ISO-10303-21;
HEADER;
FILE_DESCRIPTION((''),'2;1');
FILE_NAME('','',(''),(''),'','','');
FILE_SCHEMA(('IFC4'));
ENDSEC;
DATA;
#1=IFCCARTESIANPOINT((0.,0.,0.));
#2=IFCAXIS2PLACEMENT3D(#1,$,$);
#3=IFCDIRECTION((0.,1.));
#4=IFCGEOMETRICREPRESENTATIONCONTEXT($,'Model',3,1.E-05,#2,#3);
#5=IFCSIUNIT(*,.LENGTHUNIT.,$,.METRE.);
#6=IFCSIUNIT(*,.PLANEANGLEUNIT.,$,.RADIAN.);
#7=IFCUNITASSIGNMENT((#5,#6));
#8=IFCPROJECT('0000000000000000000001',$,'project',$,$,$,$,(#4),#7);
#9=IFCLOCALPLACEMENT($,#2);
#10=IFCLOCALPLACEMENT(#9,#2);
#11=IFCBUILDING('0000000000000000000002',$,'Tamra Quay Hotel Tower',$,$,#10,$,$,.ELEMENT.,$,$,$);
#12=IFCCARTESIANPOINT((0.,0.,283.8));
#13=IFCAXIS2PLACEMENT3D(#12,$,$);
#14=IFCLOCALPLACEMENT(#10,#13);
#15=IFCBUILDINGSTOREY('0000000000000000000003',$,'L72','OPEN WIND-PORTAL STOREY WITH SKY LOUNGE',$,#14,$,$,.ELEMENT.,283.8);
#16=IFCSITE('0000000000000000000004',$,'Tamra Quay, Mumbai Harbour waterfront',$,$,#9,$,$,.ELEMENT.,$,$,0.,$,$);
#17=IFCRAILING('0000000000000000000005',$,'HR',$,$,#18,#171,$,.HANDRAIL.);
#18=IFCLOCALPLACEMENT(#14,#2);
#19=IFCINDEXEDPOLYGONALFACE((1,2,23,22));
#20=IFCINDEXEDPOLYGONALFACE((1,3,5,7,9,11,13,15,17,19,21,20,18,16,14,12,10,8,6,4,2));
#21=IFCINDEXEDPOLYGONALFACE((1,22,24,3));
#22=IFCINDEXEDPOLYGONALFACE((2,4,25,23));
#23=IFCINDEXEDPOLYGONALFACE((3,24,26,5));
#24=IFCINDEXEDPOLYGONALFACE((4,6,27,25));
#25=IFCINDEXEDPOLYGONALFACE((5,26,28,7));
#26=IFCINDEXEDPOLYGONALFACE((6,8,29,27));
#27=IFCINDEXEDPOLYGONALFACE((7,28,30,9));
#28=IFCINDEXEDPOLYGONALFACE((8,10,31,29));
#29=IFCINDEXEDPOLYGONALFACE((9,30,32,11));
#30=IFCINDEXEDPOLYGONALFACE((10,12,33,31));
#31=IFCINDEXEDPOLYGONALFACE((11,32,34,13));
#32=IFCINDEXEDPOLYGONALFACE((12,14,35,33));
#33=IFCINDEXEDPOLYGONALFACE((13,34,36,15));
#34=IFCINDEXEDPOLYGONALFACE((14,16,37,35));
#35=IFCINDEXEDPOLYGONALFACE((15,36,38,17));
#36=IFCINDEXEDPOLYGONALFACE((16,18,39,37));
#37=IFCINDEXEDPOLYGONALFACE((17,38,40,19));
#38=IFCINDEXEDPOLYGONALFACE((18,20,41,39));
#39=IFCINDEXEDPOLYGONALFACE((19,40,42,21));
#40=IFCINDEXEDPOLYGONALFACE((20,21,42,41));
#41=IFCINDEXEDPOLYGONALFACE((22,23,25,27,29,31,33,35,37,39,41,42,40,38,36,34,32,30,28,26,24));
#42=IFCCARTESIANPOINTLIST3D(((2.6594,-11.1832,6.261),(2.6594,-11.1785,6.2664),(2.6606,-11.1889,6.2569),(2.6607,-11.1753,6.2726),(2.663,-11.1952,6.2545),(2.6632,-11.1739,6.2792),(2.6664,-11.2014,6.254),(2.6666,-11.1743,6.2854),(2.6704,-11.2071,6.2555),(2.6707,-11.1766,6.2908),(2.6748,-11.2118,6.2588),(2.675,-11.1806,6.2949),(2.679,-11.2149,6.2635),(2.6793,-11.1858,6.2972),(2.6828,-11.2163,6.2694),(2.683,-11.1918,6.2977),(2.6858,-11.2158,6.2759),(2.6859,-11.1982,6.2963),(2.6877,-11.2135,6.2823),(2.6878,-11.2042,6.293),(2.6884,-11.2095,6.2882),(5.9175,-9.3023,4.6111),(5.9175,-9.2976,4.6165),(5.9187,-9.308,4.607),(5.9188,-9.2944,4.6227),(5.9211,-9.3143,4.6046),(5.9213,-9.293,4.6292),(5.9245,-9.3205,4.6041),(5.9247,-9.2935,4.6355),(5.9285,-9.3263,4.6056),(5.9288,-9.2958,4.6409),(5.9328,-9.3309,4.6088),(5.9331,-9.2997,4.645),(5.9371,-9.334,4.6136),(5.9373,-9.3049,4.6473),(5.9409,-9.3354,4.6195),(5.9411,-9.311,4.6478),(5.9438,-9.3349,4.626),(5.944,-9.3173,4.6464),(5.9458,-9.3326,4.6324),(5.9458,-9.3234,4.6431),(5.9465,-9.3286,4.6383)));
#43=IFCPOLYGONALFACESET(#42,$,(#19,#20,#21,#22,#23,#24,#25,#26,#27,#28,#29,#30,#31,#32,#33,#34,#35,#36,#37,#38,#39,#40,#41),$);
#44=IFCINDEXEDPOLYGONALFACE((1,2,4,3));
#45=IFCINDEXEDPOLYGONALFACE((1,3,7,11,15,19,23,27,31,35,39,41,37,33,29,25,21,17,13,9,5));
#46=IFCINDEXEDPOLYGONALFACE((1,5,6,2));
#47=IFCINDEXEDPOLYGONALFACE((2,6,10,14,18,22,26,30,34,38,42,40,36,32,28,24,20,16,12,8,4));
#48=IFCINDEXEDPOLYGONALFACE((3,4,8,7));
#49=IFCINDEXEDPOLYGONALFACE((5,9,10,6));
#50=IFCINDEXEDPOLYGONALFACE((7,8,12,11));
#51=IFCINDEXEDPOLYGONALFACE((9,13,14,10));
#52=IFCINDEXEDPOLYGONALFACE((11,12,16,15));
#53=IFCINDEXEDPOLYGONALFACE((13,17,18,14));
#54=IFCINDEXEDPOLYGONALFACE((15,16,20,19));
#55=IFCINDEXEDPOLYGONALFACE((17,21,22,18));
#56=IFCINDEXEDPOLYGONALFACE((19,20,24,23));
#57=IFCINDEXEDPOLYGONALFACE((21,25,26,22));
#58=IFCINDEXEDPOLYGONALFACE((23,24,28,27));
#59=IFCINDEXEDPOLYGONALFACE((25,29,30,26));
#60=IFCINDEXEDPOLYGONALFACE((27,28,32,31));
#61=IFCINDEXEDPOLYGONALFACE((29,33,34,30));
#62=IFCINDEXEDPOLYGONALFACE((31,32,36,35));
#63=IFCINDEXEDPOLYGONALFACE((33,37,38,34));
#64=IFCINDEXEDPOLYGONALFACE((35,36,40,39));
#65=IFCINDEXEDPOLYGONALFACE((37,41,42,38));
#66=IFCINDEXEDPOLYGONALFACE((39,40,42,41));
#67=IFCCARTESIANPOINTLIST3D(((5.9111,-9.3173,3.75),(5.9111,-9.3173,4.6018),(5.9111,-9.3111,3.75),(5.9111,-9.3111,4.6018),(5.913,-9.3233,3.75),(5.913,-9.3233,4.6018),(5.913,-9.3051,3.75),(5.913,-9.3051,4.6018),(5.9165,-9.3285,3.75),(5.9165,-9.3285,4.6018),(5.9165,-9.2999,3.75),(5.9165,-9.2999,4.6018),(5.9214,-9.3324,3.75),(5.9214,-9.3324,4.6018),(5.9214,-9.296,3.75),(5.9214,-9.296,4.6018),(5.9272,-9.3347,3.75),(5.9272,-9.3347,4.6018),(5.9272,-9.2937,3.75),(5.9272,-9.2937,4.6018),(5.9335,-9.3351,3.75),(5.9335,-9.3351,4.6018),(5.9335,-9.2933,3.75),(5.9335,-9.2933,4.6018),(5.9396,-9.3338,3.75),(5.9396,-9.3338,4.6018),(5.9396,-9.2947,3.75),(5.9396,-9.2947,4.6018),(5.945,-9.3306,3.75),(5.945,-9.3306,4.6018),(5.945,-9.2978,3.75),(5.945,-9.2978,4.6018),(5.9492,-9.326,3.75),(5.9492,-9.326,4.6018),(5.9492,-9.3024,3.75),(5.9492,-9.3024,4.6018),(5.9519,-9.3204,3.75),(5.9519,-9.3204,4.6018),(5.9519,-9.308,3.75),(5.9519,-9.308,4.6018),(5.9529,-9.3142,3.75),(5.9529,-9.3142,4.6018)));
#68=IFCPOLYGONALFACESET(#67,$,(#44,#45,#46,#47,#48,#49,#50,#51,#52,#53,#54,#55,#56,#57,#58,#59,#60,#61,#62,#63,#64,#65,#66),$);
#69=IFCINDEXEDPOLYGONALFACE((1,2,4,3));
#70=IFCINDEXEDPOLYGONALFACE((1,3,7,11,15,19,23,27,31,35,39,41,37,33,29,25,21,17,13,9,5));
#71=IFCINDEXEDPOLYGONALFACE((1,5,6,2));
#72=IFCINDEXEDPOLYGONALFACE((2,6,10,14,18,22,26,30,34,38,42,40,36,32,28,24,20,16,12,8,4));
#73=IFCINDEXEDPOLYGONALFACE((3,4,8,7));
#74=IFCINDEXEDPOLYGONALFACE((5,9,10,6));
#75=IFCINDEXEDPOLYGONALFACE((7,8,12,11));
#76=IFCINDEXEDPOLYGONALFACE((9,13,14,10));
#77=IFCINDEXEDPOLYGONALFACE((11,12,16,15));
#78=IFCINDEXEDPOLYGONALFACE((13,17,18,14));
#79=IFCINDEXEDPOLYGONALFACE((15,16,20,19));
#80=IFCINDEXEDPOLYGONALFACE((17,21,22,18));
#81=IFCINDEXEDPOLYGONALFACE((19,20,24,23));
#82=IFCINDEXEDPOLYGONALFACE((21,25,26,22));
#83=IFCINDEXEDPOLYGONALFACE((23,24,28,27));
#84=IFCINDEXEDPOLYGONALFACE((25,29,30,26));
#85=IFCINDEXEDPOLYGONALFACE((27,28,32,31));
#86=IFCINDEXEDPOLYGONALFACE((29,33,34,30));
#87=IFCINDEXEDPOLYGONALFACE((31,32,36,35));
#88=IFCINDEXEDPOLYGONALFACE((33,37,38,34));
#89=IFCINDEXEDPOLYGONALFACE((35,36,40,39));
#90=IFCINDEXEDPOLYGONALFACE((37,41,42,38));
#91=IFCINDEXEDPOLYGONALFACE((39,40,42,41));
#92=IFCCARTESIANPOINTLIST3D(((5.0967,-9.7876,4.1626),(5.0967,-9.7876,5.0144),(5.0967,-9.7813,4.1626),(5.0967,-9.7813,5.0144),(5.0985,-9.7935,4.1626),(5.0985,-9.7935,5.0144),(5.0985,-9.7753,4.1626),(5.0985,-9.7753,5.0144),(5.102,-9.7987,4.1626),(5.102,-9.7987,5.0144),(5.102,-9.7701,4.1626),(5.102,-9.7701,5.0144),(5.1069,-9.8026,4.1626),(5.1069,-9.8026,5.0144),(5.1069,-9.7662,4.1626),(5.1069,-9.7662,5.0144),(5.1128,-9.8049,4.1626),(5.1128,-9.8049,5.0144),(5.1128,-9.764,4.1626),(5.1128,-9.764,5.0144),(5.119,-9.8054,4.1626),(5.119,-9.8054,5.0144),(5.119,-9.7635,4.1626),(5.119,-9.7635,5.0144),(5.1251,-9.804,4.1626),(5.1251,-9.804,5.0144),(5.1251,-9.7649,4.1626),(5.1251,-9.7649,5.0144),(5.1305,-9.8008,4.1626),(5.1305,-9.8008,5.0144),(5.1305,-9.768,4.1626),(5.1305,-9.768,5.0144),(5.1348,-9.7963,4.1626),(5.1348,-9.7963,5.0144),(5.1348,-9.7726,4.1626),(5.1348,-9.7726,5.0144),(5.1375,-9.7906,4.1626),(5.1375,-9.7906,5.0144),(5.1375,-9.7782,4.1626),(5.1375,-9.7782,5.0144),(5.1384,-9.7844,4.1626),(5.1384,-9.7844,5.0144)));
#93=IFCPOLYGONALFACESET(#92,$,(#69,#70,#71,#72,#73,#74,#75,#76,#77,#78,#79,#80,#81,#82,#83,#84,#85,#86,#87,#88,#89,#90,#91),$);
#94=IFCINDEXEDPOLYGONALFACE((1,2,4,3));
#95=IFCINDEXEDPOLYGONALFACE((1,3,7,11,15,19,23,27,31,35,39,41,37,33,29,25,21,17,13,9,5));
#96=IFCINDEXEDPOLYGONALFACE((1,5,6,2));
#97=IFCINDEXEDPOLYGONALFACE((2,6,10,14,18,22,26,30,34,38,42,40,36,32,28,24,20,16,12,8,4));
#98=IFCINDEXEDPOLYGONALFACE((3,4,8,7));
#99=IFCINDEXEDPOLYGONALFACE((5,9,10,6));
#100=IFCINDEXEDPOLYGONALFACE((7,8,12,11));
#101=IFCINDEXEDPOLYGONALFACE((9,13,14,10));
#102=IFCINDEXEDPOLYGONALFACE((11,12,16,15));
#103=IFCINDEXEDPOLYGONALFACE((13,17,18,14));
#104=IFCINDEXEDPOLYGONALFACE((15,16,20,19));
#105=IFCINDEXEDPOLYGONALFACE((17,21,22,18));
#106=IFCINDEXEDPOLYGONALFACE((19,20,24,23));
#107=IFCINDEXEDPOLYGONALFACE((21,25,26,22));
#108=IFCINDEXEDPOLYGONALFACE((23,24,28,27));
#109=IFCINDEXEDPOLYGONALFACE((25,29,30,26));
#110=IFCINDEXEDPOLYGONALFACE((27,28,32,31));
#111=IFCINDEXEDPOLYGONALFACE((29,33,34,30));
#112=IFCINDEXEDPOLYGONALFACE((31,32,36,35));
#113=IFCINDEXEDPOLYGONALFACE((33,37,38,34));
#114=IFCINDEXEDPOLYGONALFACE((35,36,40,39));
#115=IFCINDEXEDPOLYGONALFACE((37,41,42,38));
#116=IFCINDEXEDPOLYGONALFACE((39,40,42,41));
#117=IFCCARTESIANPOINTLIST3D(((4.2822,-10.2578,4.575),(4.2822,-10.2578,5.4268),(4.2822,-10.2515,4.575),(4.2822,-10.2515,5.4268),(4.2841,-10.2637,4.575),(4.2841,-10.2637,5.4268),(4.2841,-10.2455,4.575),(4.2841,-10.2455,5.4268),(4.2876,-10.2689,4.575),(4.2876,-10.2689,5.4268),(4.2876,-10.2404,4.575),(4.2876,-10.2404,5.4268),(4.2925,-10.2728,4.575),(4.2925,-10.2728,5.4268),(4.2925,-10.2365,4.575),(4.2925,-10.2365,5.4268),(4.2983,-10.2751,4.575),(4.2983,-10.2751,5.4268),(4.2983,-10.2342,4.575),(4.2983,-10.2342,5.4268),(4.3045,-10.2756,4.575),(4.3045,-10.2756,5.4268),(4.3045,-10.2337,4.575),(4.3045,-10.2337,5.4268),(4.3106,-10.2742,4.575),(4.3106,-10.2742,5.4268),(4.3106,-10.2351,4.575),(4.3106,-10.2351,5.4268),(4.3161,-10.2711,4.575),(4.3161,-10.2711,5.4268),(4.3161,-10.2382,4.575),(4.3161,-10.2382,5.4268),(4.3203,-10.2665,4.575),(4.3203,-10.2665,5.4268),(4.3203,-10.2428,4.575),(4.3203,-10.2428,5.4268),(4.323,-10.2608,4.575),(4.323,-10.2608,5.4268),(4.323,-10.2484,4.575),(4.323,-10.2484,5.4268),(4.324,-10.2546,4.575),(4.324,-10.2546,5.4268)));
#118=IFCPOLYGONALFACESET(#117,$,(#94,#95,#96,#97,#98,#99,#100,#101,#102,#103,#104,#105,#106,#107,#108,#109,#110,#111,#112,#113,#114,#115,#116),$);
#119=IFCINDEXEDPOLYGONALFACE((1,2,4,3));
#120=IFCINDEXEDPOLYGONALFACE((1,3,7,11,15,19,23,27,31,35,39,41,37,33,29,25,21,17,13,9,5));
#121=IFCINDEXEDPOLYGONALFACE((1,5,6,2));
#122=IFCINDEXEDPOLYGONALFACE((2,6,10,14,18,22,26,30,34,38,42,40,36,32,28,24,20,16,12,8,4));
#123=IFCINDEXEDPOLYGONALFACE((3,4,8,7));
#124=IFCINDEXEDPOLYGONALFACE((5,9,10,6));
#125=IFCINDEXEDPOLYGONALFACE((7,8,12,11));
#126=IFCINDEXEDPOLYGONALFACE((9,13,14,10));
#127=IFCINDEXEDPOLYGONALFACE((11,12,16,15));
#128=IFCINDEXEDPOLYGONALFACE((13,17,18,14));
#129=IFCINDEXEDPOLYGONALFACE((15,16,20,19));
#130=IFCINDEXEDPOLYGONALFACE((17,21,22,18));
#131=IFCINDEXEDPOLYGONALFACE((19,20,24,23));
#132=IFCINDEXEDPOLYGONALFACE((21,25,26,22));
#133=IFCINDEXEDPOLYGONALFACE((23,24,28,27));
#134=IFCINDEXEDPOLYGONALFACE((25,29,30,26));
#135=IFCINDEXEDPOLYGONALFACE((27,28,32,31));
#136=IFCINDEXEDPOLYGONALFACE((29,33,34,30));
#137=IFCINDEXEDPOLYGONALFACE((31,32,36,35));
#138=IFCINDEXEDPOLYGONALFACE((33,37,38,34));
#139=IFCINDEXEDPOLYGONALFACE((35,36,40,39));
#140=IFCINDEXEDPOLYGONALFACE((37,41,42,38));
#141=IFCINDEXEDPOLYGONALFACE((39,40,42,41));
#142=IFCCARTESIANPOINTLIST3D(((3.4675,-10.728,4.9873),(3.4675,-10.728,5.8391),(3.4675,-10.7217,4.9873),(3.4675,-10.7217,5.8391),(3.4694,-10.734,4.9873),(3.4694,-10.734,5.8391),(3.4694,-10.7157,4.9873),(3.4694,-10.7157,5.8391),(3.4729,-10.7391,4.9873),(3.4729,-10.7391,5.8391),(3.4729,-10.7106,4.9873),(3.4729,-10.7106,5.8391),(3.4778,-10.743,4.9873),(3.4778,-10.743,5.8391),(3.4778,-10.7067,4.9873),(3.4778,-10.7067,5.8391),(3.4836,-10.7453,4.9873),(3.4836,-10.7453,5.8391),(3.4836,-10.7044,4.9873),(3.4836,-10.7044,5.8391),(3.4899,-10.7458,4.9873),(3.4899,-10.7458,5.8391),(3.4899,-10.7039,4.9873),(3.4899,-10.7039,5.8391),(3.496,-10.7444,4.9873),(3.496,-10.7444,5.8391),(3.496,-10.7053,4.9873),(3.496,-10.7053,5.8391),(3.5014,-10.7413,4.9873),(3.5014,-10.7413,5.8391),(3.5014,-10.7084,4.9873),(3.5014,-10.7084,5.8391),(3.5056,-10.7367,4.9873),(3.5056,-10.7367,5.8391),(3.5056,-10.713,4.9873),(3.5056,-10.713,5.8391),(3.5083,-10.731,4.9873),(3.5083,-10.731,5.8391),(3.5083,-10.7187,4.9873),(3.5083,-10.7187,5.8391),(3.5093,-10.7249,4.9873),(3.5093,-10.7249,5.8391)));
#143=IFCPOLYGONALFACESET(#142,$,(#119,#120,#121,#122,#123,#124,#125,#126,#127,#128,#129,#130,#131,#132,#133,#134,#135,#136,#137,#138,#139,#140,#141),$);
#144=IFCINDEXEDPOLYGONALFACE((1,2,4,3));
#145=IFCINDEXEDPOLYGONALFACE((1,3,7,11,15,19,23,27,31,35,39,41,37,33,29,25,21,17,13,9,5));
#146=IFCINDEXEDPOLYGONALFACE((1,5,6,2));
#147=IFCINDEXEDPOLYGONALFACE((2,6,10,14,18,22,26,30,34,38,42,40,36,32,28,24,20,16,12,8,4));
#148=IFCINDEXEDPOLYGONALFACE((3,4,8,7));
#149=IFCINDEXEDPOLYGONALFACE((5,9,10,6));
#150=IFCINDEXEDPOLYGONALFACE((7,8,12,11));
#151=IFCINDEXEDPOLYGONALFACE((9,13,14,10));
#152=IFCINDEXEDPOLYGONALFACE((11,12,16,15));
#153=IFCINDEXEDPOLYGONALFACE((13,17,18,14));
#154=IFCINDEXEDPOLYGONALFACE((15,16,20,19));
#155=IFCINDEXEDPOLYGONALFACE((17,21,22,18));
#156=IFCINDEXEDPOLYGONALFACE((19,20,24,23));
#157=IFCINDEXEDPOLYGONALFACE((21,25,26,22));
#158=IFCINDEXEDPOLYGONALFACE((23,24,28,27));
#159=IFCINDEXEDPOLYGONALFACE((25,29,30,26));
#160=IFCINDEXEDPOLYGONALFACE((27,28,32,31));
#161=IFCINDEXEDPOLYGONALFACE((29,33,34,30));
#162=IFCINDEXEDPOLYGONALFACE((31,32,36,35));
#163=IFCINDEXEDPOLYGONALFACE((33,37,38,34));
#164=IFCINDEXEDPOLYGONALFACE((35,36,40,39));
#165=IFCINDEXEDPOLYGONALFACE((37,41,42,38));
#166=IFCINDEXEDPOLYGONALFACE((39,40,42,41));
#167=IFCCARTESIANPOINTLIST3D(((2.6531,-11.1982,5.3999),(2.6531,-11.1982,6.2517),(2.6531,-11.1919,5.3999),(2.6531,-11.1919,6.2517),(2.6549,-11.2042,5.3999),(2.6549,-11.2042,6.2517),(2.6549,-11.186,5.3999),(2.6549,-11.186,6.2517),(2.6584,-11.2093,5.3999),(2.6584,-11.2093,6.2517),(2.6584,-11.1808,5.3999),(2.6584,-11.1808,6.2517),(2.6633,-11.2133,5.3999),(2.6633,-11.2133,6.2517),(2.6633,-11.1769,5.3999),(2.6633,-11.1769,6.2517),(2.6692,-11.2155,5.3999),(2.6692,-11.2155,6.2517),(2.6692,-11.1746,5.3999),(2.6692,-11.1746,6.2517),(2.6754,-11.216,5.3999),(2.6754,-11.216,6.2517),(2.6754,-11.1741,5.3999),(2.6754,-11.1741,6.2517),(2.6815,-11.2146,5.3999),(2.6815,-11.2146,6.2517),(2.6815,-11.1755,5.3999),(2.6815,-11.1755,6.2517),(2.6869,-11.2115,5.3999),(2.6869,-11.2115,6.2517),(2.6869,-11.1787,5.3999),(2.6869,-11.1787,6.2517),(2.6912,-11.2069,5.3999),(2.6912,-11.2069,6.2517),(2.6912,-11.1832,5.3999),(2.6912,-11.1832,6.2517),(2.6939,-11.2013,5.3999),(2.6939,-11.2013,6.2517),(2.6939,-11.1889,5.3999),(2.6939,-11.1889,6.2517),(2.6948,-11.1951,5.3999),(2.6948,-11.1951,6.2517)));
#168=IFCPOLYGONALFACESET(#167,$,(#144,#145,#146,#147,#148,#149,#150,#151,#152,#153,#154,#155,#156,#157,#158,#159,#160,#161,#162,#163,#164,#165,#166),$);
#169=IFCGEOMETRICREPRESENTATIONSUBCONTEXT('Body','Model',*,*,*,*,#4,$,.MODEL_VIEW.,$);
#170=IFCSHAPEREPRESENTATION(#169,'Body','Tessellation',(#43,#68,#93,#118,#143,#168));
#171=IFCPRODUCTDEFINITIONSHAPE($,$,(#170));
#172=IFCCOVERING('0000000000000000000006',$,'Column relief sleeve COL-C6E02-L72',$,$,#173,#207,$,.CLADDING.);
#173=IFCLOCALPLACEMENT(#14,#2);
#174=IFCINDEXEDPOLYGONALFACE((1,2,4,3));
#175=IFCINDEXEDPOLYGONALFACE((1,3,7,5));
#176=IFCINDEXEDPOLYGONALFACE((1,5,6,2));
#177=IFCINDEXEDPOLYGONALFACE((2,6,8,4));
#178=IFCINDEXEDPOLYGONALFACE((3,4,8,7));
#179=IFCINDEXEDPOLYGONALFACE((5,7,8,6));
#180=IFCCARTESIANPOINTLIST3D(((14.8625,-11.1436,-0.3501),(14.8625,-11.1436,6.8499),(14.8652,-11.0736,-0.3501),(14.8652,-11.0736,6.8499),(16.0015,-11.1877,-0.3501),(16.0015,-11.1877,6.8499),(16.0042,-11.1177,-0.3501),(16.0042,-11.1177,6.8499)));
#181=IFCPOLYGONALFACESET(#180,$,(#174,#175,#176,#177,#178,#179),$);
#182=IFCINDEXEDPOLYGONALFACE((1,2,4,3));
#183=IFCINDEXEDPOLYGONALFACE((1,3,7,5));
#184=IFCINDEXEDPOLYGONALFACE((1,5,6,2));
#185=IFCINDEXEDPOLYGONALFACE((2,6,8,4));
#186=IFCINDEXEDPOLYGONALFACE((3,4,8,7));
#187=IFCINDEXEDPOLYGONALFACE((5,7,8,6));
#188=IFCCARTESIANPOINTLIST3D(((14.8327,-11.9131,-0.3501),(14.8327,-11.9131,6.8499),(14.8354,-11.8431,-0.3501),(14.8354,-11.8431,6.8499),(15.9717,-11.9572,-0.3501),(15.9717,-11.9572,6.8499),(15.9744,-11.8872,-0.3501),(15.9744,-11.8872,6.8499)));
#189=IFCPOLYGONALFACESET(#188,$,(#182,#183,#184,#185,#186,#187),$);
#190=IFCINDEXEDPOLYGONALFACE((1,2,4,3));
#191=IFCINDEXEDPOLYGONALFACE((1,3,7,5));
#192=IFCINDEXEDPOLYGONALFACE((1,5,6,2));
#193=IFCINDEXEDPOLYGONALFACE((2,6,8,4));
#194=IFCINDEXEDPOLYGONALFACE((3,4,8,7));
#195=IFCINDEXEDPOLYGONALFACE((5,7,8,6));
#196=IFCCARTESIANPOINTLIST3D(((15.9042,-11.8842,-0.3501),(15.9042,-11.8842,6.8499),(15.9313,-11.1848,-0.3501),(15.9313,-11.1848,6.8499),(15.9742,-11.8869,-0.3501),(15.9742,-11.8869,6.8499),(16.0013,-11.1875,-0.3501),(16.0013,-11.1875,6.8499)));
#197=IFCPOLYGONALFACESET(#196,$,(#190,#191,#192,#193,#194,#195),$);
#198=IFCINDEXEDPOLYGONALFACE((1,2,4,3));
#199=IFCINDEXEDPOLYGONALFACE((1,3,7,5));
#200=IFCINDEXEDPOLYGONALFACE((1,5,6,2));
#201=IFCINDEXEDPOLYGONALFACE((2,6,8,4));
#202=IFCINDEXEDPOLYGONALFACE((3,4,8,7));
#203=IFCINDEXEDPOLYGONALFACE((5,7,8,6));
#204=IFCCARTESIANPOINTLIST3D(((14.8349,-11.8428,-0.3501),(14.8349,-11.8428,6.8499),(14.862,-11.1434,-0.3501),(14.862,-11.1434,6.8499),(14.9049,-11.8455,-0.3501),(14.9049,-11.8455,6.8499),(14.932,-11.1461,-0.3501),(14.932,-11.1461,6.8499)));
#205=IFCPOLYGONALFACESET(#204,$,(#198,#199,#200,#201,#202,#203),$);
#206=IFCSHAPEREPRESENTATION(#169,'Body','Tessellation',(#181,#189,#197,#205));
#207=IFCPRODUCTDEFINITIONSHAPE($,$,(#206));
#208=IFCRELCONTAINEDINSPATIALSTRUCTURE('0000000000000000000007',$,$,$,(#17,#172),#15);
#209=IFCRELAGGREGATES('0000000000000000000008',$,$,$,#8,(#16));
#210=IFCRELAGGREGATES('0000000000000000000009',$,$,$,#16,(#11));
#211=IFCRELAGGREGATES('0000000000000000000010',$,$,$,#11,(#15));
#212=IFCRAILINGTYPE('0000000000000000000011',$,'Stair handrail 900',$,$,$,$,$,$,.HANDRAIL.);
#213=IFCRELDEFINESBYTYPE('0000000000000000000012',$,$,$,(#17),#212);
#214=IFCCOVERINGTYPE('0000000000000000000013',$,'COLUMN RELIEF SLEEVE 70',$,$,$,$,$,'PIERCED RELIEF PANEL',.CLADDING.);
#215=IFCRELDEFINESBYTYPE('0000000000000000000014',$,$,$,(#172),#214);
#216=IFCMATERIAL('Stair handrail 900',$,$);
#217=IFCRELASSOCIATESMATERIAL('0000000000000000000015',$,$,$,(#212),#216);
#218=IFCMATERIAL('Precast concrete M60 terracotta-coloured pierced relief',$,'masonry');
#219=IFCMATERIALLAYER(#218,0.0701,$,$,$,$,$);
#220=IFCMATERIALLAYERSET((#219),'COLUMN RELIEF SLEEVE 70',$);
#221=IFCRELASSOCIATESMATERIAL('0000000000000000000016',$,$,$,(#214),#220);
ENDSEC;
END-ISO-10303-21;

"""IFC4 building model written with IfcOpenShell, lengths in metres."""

from ifc_helpers import new_model, si_unit, direction, frame, frame_2d, origin, origin_2d, place, context, subcontext, project, spatial, rectangle, circle, extrude, source, transform, mapped, material, layer, layer_set, type_object, element, save


model = new_model("IFC4")

# Units and contexts
model_context = context("Model", 3, precision=1e-05, world=origin(), true_north=direction((0.0, 1.0)))
body_context = subcontext(model_context, "Body", "Model", "MODEL_VIEW")
ifc_project = project(units=[si_unit("LENGTHUNIT", "METRE"), si_unit("PLANEANGLEUNIT", "RADIAN")], contexts=[model_context])

# Site, building, storey
site_placement = place(None, origin())
site = spatial("IfcSite", under=ifc_project, at=site_placement, Name="Tamra Quay, Mumbai Harbour waterfront", CompositionType="ELEMENT", RefElevation=0.0)
building_placement = place(site_placement, origin())
building = spatial("IfcBuilding", under=site, at=building_placement, Name="Tamra Quay Hotel Tower", CompositionType="ELEMENT")
storey_placement = place(building_placement, frame((0.0, 0.0, 283.8)))
storey = spatial("IfcBuildingStorey", under=building, at=storey_placement, Name="L72", Description="OPEN WIND-PORTAL STOREY WITH SKY LOUNGE", CompositionType="ELEMENT", Elevation=283.8)

# Railing
ifc_material_1 = material(Name="Stair handrail 900")
railing_type_1 = type_object("IfcRailingType", Name="Stair handrail 900", PredefinedType="HANDRAIL", material=ifc_material_1)
railing_1_placement = place(storey_placement, frame((5.9319, -9.3142, 3.75)))
element("IfcRailing", 1, at=railing_1_placement, inside=storey, type_object=railing_type_1, Name="HR", PredefinedType="HANDRAIL", context=body_context, shape_type="SweptSolid", body=[
    extrude(circle(Radius=0.0239, at=origin_2d()), frame((0.0, 0.0, 0.876), z_axis=(-0.793122, -0.457865, 0.401642), x_axis=(0.499964, -0.866046, 0.0)), (0.0, 0.0, 1.0), 4.1079),
    extrude(circle(Radius=0.021, at=origin_2d()), origin(), (0.0, 0.0, 1.0), 0.8518),
    extrude(circle(Radius=0.021, at=origin_2d()), frame((-0.8145, -0.4702, 0.4126)), (0.0, 0.0, 1.0), 0.8518),
    extrude(circle(Radius=0.021, at=origin_2d()), frame((-1.6289, -0.9404, 0.825)), (0.0, 0.0, 1.0), 0.8518),
    extrude(circle(Radius=0.021, at=origin_2d()), frame((-2.4436, -1.4106, 1.2373)), (0.0, 0.0, 1.0), 0.8518),
    extrude(circle(Radius=0.021, at=origin_2d()), frame((-3.2581, -1.8809, 1.6499)), (0.0, 0.0, 1.0), 0.8518),
])

# Covering
ifc_material_2 = material(Name="Precast concrete M60 terracotta-coloured pierced relief", Category="masonry")
ifc_layer_1 = layer(ifc_material_2, 0.0701)
ifc_layer_set_1 = layer_set([ifc_layer_1], Name="COLUMN RELIEF SLEEVE 70")
covering_type = type_object("IfcCoveringType", Name="COLUMN RELIEF SLEEVE 70", ElementType="PIERCED RELIEF PANEL", PredefinedType="CLADDING", material=ifc_layer_set_1)
shared_shape = source(origin(), body_context, "Body", "SweptSolid", [
    extrude(rectangle(XDim=1.1399, YDim=0.0701, at=frame_2d((0.5698, 0.0352))), frame((-0.5701, -0.4199, 0.0)), (0.0, 0.0, 1.0), 7.2),
    extrude(rectangle(XDim=1.1399, YDim=0.0701, at=frame_2d((0.5698, 0.0352))), frame((-0.5701, 0.3501, 0.0)), (0.0, 0.0, 1.0), 7.2),
    extrude(rectangle(XDim=0.0701, YDim=0.7, at=frame_2d((0.0352, 0.3501))), frame((-0.5701, -0.3501, 0.0)), (0.0, 0.0, 1.0), 7.2),
    extrude(rectangle(XDim=0.0701, YDim=0.7, at=frame_2d((0.0352, 0.3501))), frame((0.5, -0.3501, 0.0)), (0.0, 0.0, 1.0), 7.2),
])
for number, where, z_axis, x_axis, name in (
    (2, (15.4182, -11.5151, -0.3501), (0.0, 0.0, 1.0), (-0.999251, 0.038691, 0.0), "Column relief sleeve COL-C6E02-L72"),
):
    element("IfcCovering", number, at=place(storey_placement, frame(where, z_axis=z_axis, x_axis=x_axis)), inside=storey, type_object=covering_type, Name=name, PredefinedType="CLADDING", context=body_context, shape_type="MappedRepresentation", body=[
        mapped(shared_shape, transform((0.0, 0.0, 0.0), scale=1.0)),
    ])

save(model, "model.ifc")
